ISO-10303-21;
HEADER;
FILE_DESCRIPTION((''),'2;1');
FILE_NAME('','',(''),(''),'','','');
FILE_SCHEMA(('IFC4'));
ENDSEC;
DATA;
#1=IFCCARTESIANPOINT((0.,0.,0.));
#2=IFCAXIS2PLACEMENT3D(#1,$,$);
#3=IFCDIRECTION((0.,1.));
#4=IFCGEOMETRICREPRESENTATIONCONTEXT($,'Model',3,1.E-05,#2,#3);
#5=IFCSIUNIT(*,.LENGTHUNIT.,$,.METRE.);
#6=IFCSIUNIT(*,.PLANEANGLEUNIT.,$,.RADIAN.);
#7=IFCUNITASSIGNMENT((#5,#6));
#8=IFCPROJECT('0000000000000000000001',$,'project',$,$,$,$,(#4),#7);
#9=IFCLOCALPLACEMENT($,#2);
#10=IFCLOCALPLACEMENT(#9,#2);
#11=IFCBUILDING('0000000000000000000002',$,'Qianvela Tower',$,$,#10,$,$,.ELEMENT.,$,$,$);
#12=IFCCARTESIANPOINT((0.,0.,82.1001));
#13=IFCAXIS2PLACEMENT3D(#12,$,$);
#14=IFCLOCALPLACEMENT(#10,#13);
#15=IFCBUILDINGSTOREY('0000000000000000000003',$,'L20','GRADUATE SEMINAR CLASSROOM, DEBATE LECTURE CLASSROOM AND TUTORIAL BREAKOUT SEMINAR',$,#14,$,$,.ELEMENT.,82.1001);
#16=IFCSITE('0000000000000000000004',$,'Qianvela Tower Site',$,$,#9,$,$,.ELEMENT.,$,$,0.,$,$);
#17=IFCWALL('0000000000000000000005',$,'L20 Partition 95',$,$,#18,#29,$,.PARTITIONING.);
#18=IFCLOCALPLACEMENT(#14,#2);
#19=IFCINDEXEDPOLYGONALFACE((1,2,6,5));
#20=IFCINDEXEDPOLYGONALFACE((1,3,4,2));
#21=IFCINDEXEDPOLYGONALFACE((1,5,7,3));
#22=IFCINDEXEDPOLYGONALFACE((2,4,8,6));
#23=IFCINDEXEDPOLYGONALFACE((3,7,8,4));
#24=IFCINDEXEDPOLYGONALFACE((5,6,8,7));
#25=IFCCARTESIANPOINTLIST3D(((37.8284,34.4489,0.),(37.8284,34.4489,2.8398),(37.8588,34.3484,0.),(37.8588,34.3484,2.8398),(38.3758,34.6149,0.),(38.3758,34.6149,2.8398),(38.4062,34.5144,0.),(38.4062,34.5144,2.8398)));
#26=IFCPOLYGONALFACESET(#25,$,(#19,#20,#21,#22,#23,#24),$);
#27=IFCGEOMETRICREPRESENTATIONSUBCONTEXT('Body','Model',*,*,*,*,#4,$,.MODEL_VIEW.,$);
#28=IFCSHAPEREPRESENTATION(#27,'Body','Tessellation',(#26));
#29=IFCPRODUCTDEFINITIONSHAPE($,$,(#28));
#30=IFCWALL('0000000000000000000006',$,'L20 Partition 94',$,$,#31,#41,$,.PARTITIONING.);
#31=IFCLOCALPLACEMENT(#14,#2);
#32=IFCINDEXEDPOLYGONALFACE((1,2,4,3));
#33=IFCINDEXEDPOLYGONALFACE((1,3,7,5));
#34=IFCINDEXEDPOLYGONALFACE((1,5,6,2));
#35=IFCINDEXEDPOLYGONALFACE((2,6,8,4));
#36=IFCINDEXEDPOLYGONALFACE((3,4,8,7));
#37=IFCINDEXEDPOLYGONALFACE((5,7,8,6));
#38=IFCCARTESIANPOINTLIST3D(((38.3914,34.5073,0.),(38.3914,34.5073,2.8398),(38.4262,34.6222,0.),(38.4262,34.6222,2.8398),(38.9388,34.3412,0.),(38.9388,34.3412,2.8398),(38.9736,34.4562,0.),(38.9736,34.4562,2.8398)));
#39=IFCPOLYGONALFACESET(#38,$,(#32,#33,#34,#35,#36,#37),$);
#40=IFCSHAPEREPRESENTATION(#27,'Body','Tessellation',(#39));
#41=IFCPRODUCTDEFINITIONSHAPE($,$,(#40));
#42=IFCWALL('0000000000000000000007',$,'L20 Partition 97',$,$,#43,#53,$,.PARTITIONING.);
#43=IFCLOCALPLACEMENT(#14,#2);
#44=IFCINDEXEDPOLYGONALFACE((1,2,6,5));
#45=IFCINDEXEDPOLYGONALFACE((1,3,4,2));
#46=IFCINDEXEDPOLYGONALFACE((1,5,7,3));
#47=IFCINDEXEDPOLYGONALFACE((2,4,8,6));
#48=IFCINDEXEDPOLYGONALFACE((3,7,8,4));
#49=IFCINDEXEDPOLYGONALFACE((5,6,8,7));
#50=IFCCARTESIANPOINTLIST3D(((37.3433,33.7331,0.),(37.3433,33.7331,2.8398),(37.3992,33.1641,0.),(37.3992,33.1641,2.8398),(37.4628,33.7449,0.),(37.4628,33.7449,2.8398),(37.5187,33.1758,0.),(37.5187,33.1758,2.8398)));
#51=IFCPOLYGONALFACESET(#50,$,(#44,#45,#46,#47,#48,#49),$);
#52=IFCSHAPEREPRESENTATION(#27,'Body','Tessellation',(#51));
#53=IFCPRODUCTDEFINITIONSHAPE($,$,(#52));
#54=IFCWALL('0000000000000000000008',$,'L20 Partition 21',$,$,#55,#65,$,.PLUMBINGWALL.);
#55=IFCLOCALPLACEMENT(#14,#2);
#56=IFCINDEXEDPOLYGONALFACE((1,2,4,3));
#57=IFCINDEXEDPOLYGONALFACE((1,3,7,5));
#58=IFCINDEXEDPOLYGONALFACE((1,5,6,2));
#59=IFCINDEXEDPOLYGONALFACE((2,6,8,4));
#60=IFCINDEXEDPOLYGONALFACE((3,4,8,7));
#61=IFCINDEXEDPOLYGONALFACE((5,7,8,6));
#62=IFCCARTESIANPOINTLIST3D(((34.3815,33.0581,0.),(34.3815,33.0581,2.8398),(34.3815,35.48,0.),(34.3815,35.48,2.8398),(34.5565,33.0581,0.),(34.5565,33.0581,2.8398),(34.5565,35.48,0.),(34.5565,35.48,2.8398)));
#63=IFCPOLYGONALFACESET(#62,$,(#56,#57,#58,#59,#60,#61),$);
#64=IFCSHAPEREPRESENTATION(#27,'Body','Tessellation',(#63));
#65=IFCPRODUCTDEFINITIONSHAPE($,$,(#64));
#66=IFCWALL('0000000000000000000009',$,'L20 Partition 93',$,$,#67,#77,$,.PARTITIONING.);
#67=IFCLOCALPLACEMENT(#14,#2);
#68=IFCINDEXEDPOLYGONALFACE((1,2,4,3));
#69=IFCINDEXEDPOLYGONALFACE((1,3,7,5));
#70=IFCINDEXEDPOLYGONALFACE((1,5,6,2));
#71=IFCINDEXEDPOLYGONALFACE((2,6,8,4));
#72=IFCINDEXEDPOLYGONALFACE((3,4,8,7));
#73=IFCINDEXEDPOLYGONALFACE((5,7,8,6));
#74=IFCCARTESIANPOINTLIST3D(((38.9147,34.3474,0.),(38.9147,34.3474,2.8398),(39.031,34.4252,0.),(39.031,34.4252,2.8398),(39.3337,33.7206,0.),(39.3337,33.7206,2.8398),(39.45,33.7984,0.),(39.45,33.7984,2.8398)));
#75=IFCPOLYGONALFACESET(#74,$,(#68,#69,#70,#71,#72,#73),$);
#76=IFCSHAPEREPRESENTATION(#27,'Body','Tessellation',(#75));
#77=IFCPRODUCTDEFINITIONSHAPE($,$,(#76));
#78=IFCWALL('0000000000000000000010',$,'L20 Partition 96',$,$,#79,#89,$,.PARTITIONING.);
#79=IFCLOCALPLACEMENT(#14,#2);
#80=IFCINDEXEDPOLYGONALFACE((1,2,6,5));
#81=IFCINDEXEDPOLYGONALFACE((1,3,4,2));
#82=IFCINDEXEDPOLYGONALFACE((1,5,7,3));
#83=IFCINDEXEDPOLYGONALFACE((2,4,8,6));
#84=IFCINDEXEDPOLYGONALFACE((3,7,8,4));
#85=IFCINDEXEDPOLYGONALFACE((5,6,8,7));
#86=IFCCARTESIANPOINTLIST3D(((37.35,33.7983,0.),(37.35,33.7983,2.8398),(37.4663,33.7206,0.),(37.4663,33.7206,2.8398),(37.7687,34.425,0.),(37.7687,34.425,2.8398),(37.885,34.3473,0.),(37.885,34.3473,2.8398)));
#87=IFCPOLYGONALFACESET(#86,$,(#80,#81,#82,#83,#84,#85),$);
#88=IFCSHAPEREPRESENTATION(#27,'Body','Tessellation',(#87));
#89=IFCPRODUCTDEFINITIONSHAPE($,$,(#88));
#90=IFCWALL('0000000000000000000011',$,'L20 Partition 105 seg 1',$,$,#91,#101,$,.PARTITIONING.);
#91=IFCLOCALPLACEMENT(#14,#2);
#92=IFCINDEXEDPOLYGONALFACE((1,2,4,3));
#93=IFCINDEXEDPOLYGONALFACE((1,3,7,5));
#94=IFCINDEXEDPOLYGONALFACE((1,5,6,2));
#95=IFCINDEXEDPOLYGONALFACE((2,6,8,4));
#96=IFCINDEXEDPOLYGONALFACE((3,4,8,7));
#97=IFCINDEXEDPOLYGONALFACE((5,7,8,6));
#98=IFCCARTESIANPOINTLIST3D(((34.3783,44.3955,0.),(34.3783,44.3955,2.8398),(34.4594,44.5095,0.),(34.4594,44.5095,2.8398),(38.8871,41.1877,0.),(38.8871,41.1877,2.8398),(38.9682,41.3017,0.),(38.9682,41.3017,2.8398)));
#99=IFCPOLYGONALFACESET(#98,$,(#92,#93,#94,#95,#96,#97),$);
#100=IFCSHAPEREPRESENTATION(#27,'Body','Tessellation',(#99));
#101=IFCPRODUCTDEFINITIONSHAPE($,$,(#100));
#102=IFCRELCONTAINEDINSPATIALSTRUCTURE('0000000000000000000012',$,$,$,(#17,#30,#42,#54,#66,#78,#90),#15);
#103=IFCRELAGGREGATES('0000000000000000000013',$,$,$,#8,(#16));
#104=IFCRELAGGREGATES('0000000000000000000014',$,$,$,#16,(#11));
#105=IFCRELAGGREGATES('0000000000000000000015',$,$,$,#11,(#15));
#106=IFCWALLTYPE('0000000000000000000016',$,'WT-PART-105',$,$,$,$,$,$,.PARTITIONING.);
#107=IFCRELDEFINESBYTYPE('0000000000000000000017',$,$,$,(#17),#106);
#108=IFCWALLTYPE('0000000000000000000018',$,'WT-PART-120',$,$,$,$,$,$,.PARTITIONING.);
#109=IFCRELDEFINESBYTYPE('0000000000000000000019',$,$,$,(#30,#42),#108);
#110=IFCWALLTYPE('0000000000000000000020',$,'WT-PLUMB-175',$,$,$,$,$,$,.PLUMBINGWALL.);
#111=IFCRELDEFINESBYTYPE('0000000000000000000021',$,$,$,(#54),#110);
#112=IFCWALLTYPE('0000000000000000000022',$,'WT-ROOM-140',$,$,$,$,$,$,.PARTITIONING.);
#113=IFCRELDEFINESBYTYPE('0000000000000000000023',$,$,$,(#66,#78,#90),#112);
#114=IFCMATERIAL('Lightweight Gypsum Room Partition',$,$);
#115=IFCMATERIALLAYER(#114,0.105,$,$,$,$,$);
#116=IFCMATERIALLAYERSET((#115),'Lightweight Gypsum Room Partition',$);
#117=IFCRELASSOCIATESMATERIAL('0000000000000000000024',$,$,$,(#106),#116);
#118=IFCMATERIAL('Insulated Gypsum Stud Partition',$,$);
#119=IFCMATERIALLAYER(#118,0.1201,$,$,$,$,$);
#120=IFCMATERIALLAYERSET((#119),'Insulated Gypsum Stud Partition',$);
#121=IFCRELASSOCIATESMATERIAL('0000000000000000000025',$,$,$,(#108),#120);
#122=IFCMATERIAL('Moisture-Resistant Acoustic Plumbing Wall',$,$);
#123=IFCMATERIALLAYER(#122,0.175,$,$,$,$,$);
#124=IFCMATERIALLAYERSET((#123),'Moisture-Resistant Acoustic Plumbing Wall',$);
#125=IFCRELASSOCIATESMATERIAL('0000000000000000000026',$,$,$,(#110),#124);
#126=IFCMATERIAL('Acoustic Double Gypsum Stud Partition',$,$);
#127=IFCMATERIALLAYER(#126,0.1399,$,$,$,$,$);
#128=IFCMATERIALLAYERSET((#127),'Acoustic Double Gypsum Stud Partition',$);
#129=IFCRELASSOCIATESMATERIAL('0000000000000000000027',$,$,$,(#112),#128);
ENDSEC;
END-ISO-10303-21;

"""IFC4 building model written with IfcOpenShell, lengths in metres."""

from ifc_helpers import new_model, si_unit, direction, frame, frame_2d, origin, place, context, subcontext, project, spatial, rectangle, extrude, material, layer, layer_set, type_object, element, save


model = new_model("IFC4")

# Units and contexts
model_context = context("Model", 3, precision=1e-05, world=origin(), true_north=direction((0.0, 1.0)))
body_context = subcontext(model_context, "Body", "Model", "MODEL_VIEW")
ifc_project = project(units=[si_unit("LENGTHUNIT", "METRE"), si_unit("PLANEANGLEUNIT", "RADIAN")], contexts=[model_context])

# Site, building, storey
site_placement = place(None, origin())
site = spatial("IfcSite", under=ifc_project, at=site_placement, Name="Qianvela Tower Site", CompositionType="ELEMENT", RefElevation=0.0)
building_placement = place(site_placement, origin())
building = spatial("IfcBuilding", under=site, at=building_placement, Name="Qianvela Tower", CompositionType="ELEMENT")
storey_placement = place(building_placement, frame((0.0, 0.0, 82.1001)))
storey = spatial("IfcBuildingStorey", under=building, at=storey_placement, Name="L20", Description="GRADUATE SEMINAR CLASSROOM, DEBATE LECTURE CLASSROOM AND TUTORIAL BREAKOUT SEMINAR", CompositionType="ELEMENT", Elevation=82.1001)

# Walls
ifc_material_1 = material(Name="Lightweight Gypsum Room Partition")
ifc_layer_1 = layer(ifc_material_1, 0.105)
ifc_layer_set_1 = layer_set([ifc_layer_1], Name="Lightweight Gypsum Room Partition")
wall_type_1 = type_object("IfcWallType", Name="WT-PART-105", PredefinedType="PARTITIONING", material=ifc_layer_set_1)
wall_1_placement = place(storey_placement, frame((38.3911, 34.5647, 0.0), z_axis=(0.0, 0.0, 1.0), x_axis=(-0.956953, -0.290244, 0.0)))
element("IfcWall", 1, at=wall_1_placement, inside=storey, type_object=wall_type_1, Name="L20 Partition 95", PredefinedType="PARTITIONING", context=body_context, shape_type="SweptSolid", body=[
    extrude(rectangle(XDim=0.572, YDim=0.105, at=frame_2d((0.2861, 0.0))), origin(), (0.0, 0.0, 1.0), 2.8398),
])
ifc_material_2 = material(Name="Insulated Gypsum Stud Partition")
ifc_layer_2 = layer(ifc_material_2, 0.1201)
ifc_layer_set_2 = layer_set([ifc_layer_2], Name="Insulated Gypsum Stud Partition")
wall_type_2 = type_object("IfcWallType", Name="WT-PART-120", PredefinedType="PARTITIONING", material=ifc_layer_set_2)
wall_2_placement = place(storey_placement, frame((38.9563, 34.3987, 0.0), z_axis=(0.0, 0.0, 1.0), x_axis=(-0.956953, 0.290244, 0.0)))
element("IfcWall", 2, at=wall_2_placement, inside=storey, type_object=wall_type_2, Name="L20 Partition 94", PredefinedType="PARTITIONING", context=body_context, shape_type="SweptSolid", body=[
    extrude(rectangle(XDim=0.572, YDim=0.1201, at=frame_2d((0.2861, 0.0))), origin(), (0.0, 0.0, 1.0), 2.8398),
])
wall_3_placement = place(storey_placement, frame((37.4031, 33.739, 0.0), z_axis=(0.0, 0.0, 1.0), x_axis=(0.09777, -0.995209, 0.0)))
element("IfcWall", 3, at=wall_3_placement, inside=storey, type_object=wall_type_2, Name="L20 Partition 97", PredefinedType="PARTITIONING", context=body_context, shape_type="SweptSolid", body=[
    extrude(rectangle(XDim=0.5718, YDim=0.1201, at=frame_2d((0.2859, 0.0))), origin(), (0.0, 0.0, 1.0), 2.8398),
])
ifc_material_3 = material(Name="Moisture-Resistant Acoustic Plumbing Wall")
ifc_layer_3 = layer(ifc_material_3, 0.175)
ifc_layer_set_3 = layer_set([ifc_layer_3], Name="Moisture-Resistant Acoustic Plumbing Wall")
wall_type_3 = type_object("IfcWallType", Name="WT-PLUMB-175", PredefinedType="PLUMBINGWALL", material=ifc_layer_set_3)
wall_4_placement = place(storey_placement, frame((34.469, 35.48, 0.0), z_axis=(0.0, 0.0, 1.0), x_axis=(0.0, -1.0, 0.0)))
element("IfcWall", 4, at=wall_4_placement, inside=storey, type_object=wall_type_3, Name="L20 Partition 21", PredefinedType="PLUMBINGWALL", context=body_context, shape_type="SweptSolid", body=[
    extrude(rectangle(XDim=2.4219, YDim=0.175, at=frame_2d((1.2109, 0.0))), origin(), (0.0, 0.0, 1.0), 2.8398),
])
ifc_material_4 = material(Name="Acoustic Double Gypsum Stud Partition")
ifc_layer_4 = layer(ifc_material_4, 0.1399)
ifc_layer_set_4 = layer_set([ifc_layer_4], Name="Acoustic Double Gypsum Stud Partition")
wall_type_4 = type_object("IfcWallType", Name="WT-ROOM-140", PredefinedType="PARTITIONING", material=ifc_layer_set_4)
wall_5_placement = place(storey_placement, frame((39.3918, 33.7595, 0.0), z_axis=(0.0, 0.0, 1.0), x_axis=(-0.555746, 0.831352, 0.0)))
element("IfcWall", 5, at=wall_5_placement, inside=storey, type_object=wall_type_4, Name="L20 Partition 93", PredefinedType="PARTITIONING", context=body_context, shape_type="SweptSolid", body=[
    extrude(rectangle(XDim=0.7539, YDim=0.1399, at=frame_2d((0.377, 0.0))), origin(), (0.0, 0.0, 1.0), 2.8398),
])
wall_6_placement = place(storey_placement, frame((37.8269, 34.3862, 0.0), z_axis=(0.0, 0.0, 1.0), x_axis=(-0.555522, -0.831502, 0.0)))
element("IfcWall", 6, at=wall_6_placement, inside=storey, type_object=wall_type_4, Name="L20 Partition 96", PredefinedType="PARTITIONING", context=body_context, shape_type="SweptSolid", body=[
    extrude(rectangle(XDim=0.7537, YDim=0.1399, at=frame_2d((0.377, 0.0))), origin(), (0.0, 0.0, 1.0), 2.8398),
])
wall_7_placement = place(storey_placement, frame((34.4189, 44.4524, 0.0), z_axis=(0.0, 0.0, 1.0), x_axis=(0.814826, -0.579705, 0.0)))
element("IfcWall", 7, at=wall_7_placement, inside=storey, type_object=wall_type_4, Name="L20 Partition 105 seg 1", PredefinedType="PARTITIONING", context=body_context, shape_type="SweptSolid", body=[
    extrude(rectangle(XDim=5.5334, YDim=0.1399, at=frame_2d((2.7666, 0.0))), origin(), (0.0, 0.0, 1.0), 2.8398),
])

save(model, "model.ifc")
